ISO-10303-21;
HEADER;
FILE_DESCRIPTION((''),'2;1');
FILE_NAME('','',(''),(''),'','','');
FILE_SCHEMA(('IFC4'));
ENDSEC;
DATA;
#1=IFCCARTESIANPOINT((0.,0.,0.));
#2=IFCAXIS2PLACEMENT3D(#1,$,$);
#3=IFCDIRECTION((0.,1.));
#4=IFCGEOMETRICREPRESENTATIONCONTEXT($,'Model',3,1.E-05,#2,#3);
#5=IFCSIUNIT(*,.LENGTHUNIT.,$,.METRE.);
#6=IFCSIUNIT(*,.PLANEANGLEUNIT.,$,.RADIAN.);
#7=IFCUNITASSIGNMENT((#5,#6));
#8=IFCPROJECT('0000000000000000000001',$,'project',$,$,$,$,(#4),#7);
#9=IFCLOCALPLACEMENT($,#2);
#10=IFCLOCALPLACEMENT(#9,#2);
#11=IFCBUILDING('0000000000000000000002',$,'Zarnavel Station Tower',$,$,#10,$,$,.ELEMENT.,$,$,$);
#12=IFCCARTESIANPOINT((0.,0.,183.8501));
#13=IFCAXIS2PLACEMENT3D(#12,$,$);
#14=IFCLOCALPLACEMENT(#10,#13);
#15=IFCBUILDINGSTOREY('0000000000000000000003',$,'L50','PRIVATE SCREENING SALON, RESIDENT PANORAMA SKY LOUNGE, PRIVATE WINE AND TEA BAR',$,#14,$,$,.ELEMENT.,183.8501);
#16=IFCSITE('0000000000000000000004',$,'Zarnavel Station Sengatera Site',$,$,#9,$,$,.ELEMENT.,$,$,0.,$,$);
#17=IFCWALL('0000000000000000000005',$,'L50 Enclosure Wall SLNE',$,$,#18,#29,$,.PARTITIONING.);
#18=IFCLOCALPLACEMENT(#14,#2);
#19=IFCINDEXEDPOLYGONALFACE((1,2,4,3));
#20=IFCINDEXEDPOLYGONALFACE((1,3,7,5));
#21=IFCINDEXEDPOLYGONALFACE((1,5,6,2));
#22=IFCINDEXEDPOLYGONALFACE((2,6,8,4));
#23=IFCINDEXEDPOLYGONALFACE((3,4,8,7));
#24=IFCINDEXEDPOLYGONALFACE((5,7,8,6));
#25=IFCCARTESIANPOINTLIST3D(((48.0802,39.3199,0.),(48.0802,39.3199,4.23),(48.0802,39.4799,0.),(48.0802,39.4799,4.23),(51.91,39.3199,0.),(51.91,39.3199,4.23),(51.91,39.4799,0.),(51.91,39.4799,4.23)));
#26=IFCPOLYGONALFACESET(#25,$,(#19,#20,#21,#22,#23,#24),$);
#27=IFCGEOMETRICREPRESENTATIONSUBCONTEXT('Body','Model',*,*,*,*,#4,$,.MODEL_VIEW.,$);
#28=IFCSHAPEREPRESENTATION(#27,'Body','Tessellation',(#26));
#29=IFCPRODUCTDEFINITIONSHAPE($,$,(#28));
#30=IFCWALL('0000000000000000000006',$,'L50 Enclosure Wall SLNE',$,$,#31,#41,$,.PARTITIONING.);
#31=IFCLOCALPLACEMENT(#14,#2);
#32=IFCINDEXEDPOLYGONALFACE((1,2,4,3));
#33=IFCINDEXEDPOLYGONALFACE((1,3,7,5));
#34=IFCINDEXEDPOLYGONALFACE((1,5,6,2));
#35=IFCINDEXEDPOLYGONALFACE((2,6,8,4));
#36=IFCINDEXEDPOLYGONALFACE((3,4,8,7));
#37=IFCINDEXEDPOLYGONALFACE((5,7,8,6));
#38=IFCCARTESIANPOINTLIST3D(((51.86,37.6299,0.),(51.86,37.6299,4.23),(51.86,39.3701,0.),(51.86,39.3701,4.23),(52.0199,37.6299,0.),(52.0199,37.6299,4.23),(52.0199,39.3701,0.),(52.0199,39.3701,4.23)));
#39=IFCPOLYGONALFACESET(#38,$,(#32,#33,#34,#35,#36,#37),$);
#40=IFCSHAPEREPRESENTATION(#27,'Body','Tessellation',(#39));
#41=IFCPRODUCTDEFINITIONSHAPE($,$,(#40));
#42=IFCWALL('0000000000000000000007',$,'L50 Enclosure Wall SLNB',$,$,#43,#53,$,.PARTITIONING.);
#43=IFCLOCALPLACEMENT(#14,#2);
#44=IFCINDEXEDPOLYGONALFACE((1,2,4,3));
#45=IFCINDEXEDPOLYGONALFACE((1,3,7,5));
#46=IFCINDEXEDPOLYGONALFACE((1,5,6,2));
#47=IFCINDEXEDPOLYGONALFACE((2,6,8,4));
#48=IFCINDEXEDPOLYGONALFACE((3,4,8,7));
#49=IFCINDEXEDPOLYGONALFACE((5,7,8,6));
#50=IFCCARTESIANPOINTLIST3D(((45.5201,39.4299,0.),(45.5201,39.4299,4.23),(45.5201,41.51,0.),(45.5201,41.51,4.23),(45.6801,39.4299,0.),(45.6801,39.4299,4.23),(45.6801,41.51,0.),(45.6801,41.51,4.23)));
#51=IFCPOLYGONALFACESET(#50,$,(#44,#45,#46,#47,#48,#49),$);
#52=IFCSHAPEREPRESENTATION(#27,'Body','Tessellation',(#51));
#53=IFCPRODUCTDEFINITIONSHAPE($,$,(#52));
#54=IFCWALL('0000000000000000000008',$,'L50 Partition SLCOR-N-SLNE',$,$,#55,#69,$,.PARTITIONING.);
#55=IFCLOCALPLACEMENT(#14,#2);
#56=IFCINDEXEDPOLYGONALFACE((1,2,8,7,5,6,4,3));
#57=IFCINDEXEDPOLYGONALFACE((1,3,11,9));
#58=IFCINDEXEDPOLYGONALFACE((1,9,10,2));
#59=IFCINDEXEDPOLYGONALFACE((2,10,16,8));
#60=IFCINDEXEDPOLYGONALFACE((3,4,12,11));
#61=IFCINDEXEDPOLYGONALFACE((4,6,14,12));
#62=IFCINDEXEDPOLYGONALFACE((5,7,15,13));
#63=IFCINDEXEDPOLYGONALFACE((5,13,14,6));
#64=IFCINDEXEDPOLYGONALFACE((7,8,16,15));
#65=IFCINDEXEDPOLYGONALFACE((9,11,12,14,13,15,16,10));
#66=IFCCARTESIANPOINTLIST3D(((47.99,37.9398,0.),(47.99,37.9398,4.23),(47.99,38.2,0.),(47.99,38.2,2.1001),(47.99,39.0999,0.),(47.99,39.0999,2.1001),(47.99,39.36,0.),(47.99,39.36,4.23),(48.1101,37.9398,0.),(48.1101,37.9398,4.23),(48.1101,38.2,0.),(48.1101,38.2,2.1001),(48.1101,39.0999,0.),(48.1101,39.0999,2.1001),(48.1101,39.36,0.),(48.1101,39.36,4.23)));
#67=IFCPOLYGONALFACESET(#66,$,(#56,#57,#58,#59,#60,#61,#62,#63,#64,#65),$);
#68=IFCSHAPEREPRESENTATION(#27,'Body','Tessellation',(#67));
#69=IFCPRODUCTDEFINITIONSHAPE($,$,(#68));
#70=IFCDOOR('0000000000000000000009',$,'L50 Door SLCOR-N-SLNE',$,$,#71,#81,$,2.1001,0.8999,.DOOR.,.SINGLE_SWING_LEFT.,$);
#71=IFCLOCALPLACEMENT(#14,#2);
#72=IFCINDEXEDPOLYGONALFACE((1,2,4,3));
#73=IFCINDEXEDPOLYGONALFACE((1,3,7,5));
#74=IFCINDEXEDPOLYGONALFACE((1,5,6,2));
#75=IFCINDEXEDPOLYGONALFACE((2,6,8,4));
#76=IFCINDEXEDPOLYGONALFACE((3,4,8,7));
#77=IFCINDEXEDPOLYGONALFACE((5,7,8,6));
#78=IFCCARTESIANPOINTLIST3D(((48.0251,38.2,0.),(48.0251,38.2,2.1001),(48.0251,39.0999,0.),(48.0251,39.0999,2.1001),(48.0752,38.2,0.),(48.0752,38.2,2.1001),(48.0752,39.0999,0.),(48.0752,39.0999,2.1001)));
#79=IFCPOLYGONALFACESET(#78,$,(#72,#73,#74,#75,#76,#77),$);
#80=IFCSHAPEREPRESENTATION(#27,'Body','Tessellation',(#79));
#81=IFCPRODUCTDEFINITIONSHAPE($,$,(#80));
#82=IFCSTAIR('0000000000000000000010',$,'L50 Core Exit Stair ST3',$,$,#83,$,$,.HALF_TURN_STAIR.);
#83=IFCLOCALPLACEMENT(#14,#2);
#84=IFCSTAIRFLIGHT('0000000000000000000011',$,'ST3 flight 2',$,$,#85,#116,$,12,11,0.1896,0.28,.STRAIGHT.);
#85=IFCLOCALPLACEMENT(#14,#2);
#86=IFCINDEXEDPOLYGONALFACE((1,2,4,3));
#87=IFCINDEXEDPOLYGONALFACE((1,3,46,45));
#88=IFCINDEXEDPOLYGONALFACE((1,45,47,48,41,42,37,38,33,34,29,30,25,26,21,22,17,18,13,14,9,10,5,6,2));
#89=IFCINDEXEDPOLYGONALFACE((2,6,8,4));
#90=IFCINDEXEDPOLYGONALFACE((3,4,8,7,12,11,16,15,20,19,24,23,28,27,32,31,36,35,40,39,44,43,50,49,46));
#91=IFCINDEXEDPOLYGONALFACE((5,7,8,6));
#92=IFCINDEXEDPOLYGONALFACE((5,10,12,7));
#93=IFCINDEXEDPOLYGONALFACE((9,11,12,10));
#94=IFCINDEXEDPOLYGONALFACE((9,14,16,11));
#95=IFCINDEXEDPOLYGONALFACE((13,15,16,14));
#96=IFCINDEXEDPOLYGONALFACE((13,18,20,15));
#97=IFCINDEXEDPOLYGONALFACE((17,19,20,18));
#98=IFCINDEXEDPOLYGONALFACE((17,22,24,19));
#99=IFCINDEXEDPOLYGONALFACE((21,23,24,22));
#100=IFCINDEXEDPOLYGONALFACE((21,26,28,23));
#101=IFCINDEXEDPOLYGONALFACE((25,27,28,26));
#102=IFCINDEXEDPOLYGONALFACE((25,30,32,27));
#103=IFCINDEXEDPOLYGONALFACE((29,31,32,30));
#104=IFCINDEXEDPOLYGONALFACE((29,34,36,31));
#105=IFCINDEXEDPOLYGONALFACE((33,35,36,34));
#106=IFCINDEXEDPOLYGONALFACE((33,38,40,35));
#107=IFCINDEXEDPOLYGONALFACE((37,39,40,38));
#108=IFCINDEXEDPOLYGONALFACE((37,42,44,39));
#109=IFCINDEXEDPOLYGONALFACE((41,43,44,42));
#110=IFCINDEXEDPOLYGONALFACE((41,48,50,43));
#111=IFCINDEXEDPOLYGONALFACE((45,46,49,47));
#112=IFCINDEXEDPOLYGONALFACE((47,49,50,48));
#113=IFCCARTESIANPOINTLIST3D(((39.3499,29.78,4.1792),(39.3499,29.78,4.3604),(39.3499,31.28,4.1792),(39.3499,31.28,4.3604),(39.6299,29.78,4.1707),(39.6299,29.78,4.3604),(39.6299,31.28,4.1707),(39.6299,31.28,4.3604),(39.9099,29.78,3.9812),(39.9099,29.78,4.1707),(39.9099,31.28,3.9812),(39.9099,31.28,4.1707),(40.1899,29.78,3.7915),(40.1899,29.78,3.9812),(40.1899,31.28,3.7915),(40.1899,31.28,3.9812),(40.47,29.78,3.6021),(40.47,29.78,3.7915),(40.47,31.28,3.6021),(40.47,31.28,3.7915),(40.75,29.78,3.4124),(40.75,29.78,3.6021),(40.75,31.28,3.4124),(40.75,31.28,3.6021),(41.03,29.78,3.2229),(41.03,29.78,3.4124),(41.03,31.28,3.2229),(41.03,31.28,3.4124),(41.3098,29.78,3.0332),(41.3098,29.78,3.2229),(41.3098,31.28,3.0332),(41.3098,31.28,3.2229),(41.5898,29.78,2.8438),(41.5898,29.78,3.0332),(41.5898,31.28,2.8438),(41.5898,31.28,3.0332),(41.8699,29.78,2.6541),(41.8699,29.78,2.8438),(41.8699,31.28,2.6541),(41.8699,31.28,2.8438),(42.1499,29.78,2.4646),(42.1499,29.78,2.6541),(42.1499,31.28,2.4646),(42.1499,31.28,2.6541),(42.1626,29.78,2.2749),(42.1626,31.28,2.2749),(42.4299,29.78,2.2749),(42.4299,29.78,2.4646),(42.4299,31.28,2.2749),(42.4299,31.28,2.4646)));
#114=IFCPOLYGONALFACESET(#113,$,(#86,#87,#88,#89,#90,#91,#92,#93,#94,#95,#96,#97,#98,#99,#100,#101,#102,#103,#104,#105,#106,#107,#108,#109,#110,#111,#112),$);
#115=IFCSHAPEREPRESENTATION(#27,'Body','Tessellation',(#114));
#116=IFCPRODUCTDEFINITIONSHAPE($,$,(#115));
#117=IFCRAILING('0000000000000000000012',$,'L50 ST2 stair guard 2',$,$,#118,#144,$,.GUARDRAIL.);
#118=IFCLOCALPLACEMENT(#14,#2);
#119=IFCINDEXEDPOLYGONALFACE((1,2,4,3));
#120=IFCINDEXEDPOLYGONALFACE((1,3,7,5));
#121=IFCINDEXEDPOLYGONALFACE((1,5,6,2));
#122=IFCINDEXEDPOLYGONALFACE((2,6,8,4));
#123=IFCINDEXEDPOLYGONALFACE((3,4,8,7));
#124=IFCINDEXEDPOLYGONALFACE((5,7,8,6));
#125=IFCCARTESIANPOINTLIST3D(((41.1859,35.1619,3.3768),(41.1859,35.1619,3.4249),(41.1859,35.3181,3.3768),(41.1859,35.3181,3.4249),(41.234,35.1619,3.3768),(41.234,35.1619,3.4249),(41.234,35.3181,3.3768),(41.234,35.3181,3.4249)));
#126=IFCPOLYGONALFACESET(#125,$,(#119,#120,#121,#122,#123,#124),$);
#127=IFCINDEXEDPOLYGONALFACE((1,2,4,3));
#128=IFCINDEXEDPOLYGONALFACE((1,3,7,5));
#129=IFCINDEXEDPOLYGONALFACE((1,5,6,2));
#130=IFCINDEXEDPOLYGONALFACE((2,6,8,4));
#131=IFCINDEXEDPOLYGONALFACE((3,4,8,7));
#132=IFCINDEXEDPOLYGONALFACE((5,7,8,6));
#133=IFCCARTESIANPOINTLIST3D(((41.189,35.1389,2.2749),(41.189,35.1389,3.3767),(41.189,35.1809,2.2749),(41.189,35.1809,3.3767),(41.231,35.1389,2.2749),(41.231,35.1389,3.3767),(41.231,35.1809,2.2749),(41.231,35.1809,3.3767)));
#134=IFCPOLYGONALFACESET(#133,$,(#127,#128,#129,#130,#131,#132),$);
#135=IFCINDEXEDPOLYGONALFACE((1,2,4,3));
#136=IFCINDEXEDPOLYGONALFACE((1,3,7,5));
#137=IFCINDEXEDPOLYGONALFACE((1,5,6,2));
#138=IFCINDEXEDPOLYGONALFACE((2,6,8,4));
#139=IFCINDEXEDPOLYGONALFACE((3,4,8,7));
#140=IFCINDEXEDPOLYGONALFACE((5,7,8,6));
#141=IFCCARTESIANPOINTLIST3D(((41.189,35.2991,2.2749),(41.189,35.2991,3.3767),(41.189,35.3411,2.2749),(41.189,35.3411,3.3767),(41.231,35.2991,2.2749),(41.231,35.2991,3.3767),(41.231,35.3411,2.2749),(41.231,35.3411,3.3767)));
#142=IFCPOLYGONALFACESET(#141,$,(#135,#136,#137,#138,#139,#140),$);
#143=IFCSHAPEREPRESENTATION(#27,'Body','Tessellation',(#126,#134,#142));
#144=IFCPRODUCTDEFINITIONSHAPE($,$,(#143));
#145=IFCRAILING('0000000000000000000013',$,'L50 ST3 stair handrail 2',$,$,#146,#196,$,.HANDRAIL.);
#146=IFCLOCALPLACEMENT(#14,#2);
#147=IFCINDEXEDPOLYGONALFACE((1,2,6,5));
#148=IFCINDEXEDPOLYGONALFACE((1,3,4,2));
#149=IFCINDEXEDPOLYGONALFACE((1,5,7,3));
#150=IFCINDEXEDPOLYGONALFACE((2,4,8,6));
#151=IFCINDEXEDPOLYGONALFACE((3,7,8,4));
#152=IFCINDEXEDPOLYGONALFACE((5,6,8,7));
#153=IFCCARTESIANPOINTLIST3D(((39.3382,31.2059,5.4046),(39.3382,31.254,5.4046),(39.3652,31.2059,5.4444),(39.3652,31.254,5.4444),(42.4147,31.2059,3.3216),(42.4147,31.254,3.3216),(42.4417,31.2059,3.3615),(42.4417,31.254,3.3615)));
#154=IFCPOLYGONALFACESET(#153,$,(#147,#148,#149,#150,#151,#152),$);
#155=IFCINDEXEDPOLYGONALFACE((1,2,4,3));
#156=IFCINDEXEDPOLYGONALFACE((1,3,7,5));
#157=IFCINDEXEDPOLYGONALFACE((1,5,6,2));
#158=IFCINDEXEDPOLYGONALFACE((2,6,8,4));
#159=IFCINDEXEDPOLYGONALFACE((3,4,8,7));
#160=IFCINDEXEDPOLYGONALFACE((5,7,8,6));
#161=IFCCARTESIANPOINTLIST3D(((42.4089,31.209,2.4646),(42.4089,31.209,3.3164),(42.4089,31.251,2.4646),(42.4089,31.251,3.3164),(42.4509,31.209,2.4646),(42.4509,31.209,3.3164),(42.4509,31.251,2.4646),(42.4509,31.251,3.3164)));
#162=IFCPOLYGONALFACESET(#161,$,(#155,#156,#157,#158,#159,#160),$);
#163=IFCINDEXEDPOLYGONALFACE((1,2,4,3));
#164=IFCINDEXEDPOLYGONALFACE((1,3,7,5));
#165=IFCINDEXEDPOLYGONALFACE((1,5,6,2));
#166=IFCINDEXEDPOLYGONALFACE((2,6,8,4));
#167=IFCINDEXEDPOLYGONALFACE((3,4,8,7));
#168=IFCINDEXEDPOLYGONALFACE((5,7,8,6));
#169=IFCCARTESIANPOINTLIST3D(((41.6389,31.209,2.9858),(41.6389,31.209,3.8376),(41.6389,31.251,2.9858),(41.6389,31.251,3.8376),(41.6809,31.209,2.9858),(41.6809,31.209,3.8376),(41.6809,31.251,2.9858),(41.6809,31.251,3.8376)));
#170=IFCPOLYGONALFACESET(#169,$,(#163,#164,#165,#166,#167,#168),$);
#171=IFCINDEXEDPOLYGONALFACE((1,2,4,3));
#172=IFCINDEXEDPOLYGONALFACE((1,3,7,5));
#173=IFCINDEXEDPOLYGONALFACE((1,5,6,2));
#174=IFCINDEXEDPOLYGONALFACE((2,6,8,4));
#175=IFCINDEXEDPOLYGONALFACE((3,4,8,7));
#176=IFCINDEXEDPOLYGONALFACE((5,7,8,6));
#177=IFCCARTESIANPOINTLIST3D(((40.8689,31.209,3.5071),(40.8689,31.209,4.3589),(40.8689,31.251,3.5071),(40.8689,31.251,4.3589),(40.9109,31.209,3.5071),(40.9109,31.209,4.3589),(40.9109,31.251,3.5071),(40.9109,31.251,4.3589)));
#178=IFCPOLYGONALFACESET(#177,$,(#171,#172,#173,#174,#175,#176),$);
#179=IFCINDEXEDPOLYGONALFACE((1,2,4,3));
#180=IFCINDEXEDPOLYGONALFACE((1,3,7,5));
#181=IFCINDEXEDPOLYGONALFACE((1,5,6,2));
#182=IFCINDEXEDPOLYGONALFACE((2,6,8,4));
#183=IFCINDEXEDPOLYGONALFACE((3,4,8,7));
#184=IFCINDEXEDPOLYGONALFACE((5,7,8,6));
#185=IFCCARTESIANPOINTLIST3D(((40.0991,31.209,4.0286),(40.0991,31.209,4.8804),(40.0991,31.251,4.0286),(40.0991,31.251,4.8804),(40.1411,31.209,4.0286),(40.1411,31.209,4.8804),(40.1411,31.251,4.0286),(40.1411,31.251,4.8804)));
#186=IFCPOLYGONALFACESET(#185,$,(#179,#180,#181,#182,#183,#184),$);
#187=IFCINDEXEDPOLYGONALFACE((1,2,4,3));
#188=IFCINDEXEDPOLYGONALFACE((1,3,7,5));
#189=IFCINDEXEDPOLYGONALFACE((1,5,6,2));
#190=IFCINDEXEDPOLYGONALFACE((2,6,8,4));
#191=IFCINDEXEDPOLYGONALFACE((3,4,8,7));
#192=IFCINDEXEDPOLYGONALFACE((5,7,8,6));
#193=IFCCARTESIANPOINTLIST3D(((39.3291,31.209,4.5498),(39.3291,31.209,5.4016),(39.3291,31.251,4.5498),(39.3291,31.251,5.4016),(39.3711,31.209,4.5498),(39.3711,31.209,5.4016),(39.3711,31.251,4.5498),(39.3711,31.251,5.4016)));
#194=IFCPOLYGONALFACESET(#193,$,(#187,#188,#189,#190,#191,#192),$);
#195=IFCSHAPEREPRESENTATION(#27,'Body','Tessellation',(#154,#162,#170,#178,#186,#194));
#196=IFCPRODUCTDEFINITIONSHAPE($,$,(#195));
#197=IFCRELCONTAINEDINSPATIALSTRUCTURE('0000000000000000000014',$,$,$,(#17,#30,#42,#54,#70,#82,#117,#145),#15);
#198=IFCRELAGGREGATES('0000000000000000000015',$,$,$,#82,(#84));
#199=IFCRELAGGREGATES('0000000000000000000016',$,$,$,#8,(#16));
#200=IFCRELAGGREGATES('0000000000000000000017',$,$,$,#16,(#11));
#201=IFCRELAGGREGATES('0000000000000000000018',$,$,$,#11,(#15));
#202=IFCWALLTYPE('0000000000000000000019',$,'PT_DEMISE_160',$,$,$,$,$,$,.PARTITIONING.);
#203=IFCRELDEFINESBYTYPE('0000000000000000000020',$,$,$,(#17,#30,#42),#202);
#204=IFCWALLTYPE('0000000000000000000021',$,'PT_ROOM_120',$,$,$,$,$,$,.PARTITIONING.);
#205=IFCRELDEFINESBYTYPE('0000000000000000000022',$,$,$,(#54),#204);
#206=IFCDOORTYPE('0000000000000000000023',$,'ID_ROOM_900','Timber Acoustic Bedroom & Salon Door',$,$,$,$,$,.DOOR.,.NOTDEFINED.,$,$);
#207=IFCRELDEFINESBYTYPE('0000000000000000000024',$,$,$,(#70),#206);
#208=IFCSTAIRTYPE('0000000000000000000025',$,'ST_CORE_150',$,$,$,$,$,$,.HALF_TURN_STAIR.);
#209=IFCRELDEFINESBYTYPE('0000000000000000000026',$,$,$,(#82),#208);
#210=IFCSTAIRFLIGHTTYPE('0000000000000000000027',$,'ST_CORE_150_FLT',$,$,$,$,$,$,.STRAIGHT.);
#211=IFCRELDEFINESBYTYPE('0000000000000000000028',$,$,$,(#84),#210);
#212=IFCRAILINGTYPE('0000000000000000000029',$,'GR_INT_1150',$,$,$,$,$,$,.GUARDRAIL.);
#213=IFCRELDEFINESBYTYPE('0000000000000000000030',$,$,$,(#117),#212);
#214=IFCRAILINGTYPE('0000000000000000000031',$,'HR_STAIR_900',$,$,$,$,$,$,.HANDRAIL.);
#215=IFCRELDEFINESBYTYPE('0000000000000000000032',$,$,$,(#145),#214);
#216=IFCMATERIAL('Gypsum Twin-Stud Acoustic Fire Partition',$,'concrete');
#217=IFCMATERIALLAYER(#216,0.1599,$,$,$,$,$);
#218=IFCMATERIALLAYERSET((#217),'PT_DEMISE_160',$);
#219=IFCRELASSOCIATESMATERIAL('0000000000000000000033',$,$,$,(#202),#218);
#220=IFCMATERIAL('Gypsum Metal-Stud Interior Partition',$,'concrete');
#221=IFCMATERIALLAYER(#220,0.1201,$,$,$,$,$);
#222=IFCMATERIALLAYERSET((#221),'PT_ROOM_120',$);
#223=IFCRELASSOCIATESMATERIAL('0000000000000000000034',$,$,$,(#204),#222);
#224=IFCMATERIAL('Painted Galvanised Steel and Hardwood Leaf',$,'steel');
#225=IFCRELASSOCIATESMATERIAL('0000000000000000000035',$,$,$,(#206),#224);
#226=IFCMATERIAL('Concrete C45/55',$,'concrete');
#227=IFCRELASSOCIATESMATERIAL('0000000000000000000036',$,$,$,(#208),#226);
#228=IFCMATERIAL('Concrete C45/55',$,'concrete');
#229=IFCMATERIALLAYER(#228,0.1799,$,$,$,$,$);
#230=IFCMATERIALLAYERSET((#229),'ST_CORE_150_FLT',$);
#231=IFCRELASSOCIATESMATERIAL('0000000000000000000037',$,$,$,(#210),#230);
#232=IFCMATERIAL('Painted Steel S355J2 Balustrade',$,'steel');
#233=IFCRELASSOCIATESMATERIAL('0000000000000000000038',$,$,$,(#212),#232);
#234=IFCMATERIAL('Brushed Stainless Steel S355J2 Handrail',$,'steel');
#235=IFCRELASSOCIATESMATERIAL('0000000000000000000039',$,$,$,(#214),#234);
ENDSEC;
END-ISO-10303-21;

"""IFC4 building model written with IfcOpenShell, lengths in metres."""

from ifc_helpers import new_model, si_unit, direction, frame, frame_2d, origin, origin_2d, place, context, subcontext, project, spatial, polyline, rectangle, outline, extrude, material, layer, layer_set, type_object, element, fill, aggregate, save


model = new_model("IFC4")

# Units and contexts
model_context = context("Model", 3, precision=1e-05, world=origin(), true_north=direction((0.0, 1.0)))
body_context = subcontext(model_context, "Body", "Model", "MODEL_VIEW")
ifc_project = project(units=[si_unit("LENGTHUNIT", "METRE"), si_unit("PLANEANGLEUNIT", "RADIAN")], contexts=[model_context])

# Site, building, storey
site_placement = place(None, origin())
site = spatial("IfcSite", under=ifc_project, at=site_placement, Name="Zarnavel Station Sengatera Site", CompositionType="ELEMENT", RefElevation=0.0)
building_placement = place(site_placement, origin())
building = spatial("IfcBuilding", under=site, at=building_placement, Name="Zarnavel Station Tower", CompositionType="ELEMENT")
storey_placement = place(building_placement, frame((0.0, 0.0, 183.8501)))
storey = spatial("IfcBuildingStorey", under=building, at=storey_placement, Name="L50", Description="PRIVATE SCREENING SALON, RESIDENT PANORAMA SKY LOUNGE, PRIVATE WINE AND TEA BAR", CompositionType="ELEMENT", Elevation=183.8501)

# Walls
ifc_material_1 = material(Name="Gypsum Twin-Stud Acoustic Fire Partition", Category="concrete")
ifc_layer_1 = layer(ifc_material_1, 0.1599)
ifc_layer_set_1 = layer_set([ifc_layer_1], Name="PT_DEMISE_160")
wall_type_1 = type_object("IfcWallType", Name="PT_DEMISE_160", PredefinedType="PARTITIONING", material=ifc_layer_set_1)
wall_1_placement = place(storey_placement, frame((48.0801, 39.3999, 0.0), z_axis=(0.0, 0.0, 1.0), x_axis=(1.0, 0.0, 0.0)))
element("IfcWall", 1, at=wall_1_placement, inside=storey, type_object=wall_type_1, Name="L50 Enclosure Wall SLNE", PredefinedType="PARTITIONING", context=body_context, shape_type="SweptSolid", body=[
    extrude(rectangle(XDim=3.8298, YDim=0.1599, at=frame_2d((1.915, 0.0))), origin(), (0.0, 0.0, 1.0), 4.23),
])
wall_2_placement = place(storey_placement, frame((51.9399, 37.6299, 0.0), z_axis=(0.0, 0.0, 1.0), x_axis=(0.0, 1.0, 0.0)))
element("IfcWall", 2, at=wall_2_placement, inside=storey, type_object=wall_type_1, Name="L50 Enclosure Wall SLNE", PredefinedType="PARTITIONING", context=body_context, shape_type="SweptSolid", body=[
    extrude(rectangle(XDim=1.7402, YDim=0.1599, at=frame_2d((0.8701, 0.0))), origin(), (0.0, 0.0, 1.0), 4.23),
])
wall_3_placement = place(storey_placement, frame((45.6001, 39.4299, 0.0), z_axis=(0.0, 0.0, 1.0), x_axis=(0.0, 1.0, 0.0)))
element("IfcWall", 3, at=wall_3_placement, inside=storey, type_object=wall_type_1, Name="L50 Enclosure Wall SLNB", PredefinedType="PARTITIONING", context=body_context, shape_type="SweptSolid", body=[
    extrude(rectangle(XDim=2.0801, YDim=0.1599, at=frame_2d((1.04, 0.0))), origin(), (0.0, 0.0, 1.0), 4.23),
])

# Wall, opening, door
ifc_material_2 = material(Name="Gypsum Metal-Stud Interior Partition", Category="concrete")
ifc_layer_2 = layer(ifc_material_2, 0.1201)
ifc_layer_set_2 = layer_set([ifc_layer_2], Name="PT_ROOM_120")
wall_type_2 = type_object("IfcWallType", Name="PT_ROOM_120", PredefinedType="PARTITIONING", material=ifc_layer_set_2)
wall_4_placement = place(storey_placement, frame((48.05, 37.9399, 0.0), z_axis=(0.0, 0.0, 1.0), x_axis=(0.0, 1.0, 0.0)))
wall_4 = element("IfcWall", 4, at=wall_4_placement, inside=storey, type_object=wall_type_2, Name="L50 Partition SLCOR-N-SLNE", PredefinedType="PARTITIONING", context=body_context, shape_type="SweptSolid", body=[
    extrude(rectangle(XDim=1.4202, YDim=0.1201, at=frame_2d((0.71, 0.0))), origin(), (0.0, 0.0, 1.0), 4.23),
])
opening_1_placement = place(wall_4_placement, frame((0.26, 0.0, 0.0)))
opening_1 = element("IfcOpeningElement", 5, at=opening_1_placement, cuts=wall_4, PredefinedType="OPENING", context=body_context, shape_type="SweptSolid", body=[
    extrude(rectangle(XDim=0.8999, YDim=2.1001, at=frame_2d((0.45, 1.05))), frame((0.0, 0.0701, 0.0), z_axis=(0.0, -1.0, 0.0), x_axis=(1.0, 0.0, 0.0)), (0.0, 0.0, 1.0), 0.1401),
])
ifc_material_3 = material(Name="Painted Galvanised Steel and Hardwood Leaf", Category="steel")
door_type_1 = type_object("IfcDoorType", Name="ID_ROOM_900", Description="Timber Acoustic Bedroom & Salon Door", OperationType="NOTDEFINED", PredefinedType="DOOR", material=ifc_material_3)
door_1_placement = place(opening_1_placement, origin())
door_1 = element("IfcDoor", 6, at=door_1_placement, inside=storey, type_object=door_type_1, Name="L50 Door SLCOR-N-SLNE", OperationType="SINGLE_SWING_LEFT", OverallHeight=2.1001, OverallWidth=0.8999, PredefinedType="DOOR", context=body_context, shape_type="SweptSolid", body=[
    extrude(rectangle(XDim=0.8999, YDim=2.1001, at=frame_2d((0.45, 1.05))), frame((0.0, 0.0249, 0.0), z_axis=(0.0, -1.0, 0.0), x_axis=(1.0, 0.0, 0.0)), (0.0, 0.0, 1.0), 0.05),
])
fill(opening_1, door_1)

# Stair, stair flight
ifc_material_4 = material(Name="Concrete C45/55", Category="concrete")
stair_type = type_object("IfcStairType", Name="ST_CORE_150", PredefinedType="HALF_TURN_STAIR", material=ifc_material_4)
stair_placement = place(storey_placement, origin())
stair = element("IfcStair", 7, at=stair_placement, inside=storey, type_object=stair_type, Name="L50 Core Exit Stair ST3", PredefinedType="HALF_TURN_STAIR")
ifc_material_5 = material(Name="Concrete C45/55", Category="concrete")
ifc_layer_3 = layer(ifc_material_5, 0.1799)
ifc_layer_set_3 = layer_set([ifc_layer_3], Name="ST_CORE_150_FLT")
stair_flight_type = type_object("IfcStairFlightType", Name="ST_CORE_150_FLT", PredefinedType="STRAIGHT", material=ifc_layer_set_3)
stair_flight_placement = place(storey_placement, frame((42.4299, 30.53, 2.2749), z_axis=(0.0, 0.0, 1.0), x_axis=(-1.0, 0.0, 0.0)))
stair_flight = element("IfcStairFlight", 8, at=stair_flight_placement, type_object=stair_flight_type, Name="ST3 flight 2", NumberOfRisers=12, NumberOfTreads=11, PredefinedType="STRAIGHT", RiserHeight=0.1896, TreadLength=0.28, context=body_context, shape_type="SweptSolid", body=[
    extrude(outline(polyline([(0.0, 0.0), (0.0, 0.1897), (0.28, 0.1897), (0.28, 0.3792), (0.5601, 0.3792), (0.5601, 0.5688), (0.8401, 0.5688), (0.8401, 0.7583), (1.1201, 0.7583), (1.1201, 0.948), (1.3999, 0.948), (1.3999, 1.1375), (1.6799, 1.1375), (1.6799, 1.3271), (1.96, 1.3271), (1.96, 1.5166), (2.24, 1.5166), (2.24, 1.7063), (2.52, 1.7063), (2.52, 1.8958), (2.8, 1.8958), (2.8, 2.0854), (3.0801, 2.0854), (3.0801, 2.2749), (3.0801, 1.9043), (0.2673, 0.0), (0.0, 0.0)])), frame((0.0, 0.75, 0.0), z_axis=(0.0, -1.0, 0.0), x_axis=(1.0, 0.0, 0.0)), (0.0, 0.0, 1.0), 1.5),
])
aggregate(stair, [stair_flight])

# Railings
ifc_material_6 = material(Name="Painted Steel S355J2 Balustrade", Category="steel")
railing_type_1 = type_object("IfcRailingType", Name="GR_INT_1150", PredefinedType="GUARDRAIL", material=ifc_material_6)
railing_1_placement = place(storey_placement, frame((41.21, 35.1599, 2.2749)))
element("IfcRailing", 9, at=railing_1_placement, inside=storey, type_object=railing_type_1, Name="L50 ST2 stair guard 2", PredefinedType="GUARDRAIL", context=body_context, shape_type="SweptSolid", body=[
    extrude(rectangle(XDim=0.0481, YDim=0.0481, at=origin_2d()), frame((0.0, 0.002, 1.126), z_axis=(0.0, 1.0, 0.0), x_axis=(-1.0, 0.0, 0.0)), (0.0, 0.0, 1.0), 0.1562),
    extrude(rectangle(XDim=0.042, YDim=0.042, at=origin_2d()), origin(), (0.0, 0.0, 1.0), 1.1018),
    extrude(rectangle(XDim=0.042, YDim=0.042, at=origin_2d()), frame((0.0, 0.1602, 0.0)), (0.0, 0.0, 1.0), 1.1018),
])
ifc_material_7 = material(Name="Brushed Stainless Steel S355J2 Handrail", Category="steel")
railing_type_2 = type_object("IfcRailingType", Name="HR_STAIR_900", PredefinedType="HANDRAIL", material=ifc_material_7)
railing_2_placement = place(storey_placement, frame((42.4299, 31.23, 2.4646)))
element("IfcRailing", 10, at=railing_2_placement, inside=storey, type_object=railing_type_2, Name="L50 ST3 stair handrail 2", PredefinedType="HANDRAIL", context=body_context, shape_type="SweptSolid", body=[
    extrude(rectangle(XDim=0.0481, YDim=0.0481, at=origin_2d()), frame((-0.0017, 0.0, 0.877), z_axis=(-0.82806, 0.0, 0.560639), x_axis=(0.0, -1.0, 0.0)), (0.0, 0.0, 1.0), 3.7153),
    extrude(rectangle(XDim=0.042, YDim=0.042, at=origin_2d()), origin(), (0.0, 0.0, 1.0), 0.8518),
    extrude(rectangle(XDim=0.042, YDim=0.042, at=origin_2d()), frame((-0.77, 0.0, 0.5212)), (0.0, 0.0, 1.0), 0.8518),
    extrude(rectangle(XDim=0.042, YDim=0.042, at=origin_2d()), frame((-1.54, 0.0, 1.0425)), (0.0, 0.0, 1.0), 0.8518),
    extrude(rectangle(XDim=0.042, YDim=0.042, at=origin_2d()), frame((-2.3098, 0.0, 1.564)), (0.0, 0.0, 1.0), 0.8518),
    extrude(rectangle(XDim=0.042, YDim=0.042, at=origin_2d()), frame((-3.0798, 0.0, 2.0852)), (0.0, 0.0, 1.0), 0.8518),
])

save(model, "model.ifc")
